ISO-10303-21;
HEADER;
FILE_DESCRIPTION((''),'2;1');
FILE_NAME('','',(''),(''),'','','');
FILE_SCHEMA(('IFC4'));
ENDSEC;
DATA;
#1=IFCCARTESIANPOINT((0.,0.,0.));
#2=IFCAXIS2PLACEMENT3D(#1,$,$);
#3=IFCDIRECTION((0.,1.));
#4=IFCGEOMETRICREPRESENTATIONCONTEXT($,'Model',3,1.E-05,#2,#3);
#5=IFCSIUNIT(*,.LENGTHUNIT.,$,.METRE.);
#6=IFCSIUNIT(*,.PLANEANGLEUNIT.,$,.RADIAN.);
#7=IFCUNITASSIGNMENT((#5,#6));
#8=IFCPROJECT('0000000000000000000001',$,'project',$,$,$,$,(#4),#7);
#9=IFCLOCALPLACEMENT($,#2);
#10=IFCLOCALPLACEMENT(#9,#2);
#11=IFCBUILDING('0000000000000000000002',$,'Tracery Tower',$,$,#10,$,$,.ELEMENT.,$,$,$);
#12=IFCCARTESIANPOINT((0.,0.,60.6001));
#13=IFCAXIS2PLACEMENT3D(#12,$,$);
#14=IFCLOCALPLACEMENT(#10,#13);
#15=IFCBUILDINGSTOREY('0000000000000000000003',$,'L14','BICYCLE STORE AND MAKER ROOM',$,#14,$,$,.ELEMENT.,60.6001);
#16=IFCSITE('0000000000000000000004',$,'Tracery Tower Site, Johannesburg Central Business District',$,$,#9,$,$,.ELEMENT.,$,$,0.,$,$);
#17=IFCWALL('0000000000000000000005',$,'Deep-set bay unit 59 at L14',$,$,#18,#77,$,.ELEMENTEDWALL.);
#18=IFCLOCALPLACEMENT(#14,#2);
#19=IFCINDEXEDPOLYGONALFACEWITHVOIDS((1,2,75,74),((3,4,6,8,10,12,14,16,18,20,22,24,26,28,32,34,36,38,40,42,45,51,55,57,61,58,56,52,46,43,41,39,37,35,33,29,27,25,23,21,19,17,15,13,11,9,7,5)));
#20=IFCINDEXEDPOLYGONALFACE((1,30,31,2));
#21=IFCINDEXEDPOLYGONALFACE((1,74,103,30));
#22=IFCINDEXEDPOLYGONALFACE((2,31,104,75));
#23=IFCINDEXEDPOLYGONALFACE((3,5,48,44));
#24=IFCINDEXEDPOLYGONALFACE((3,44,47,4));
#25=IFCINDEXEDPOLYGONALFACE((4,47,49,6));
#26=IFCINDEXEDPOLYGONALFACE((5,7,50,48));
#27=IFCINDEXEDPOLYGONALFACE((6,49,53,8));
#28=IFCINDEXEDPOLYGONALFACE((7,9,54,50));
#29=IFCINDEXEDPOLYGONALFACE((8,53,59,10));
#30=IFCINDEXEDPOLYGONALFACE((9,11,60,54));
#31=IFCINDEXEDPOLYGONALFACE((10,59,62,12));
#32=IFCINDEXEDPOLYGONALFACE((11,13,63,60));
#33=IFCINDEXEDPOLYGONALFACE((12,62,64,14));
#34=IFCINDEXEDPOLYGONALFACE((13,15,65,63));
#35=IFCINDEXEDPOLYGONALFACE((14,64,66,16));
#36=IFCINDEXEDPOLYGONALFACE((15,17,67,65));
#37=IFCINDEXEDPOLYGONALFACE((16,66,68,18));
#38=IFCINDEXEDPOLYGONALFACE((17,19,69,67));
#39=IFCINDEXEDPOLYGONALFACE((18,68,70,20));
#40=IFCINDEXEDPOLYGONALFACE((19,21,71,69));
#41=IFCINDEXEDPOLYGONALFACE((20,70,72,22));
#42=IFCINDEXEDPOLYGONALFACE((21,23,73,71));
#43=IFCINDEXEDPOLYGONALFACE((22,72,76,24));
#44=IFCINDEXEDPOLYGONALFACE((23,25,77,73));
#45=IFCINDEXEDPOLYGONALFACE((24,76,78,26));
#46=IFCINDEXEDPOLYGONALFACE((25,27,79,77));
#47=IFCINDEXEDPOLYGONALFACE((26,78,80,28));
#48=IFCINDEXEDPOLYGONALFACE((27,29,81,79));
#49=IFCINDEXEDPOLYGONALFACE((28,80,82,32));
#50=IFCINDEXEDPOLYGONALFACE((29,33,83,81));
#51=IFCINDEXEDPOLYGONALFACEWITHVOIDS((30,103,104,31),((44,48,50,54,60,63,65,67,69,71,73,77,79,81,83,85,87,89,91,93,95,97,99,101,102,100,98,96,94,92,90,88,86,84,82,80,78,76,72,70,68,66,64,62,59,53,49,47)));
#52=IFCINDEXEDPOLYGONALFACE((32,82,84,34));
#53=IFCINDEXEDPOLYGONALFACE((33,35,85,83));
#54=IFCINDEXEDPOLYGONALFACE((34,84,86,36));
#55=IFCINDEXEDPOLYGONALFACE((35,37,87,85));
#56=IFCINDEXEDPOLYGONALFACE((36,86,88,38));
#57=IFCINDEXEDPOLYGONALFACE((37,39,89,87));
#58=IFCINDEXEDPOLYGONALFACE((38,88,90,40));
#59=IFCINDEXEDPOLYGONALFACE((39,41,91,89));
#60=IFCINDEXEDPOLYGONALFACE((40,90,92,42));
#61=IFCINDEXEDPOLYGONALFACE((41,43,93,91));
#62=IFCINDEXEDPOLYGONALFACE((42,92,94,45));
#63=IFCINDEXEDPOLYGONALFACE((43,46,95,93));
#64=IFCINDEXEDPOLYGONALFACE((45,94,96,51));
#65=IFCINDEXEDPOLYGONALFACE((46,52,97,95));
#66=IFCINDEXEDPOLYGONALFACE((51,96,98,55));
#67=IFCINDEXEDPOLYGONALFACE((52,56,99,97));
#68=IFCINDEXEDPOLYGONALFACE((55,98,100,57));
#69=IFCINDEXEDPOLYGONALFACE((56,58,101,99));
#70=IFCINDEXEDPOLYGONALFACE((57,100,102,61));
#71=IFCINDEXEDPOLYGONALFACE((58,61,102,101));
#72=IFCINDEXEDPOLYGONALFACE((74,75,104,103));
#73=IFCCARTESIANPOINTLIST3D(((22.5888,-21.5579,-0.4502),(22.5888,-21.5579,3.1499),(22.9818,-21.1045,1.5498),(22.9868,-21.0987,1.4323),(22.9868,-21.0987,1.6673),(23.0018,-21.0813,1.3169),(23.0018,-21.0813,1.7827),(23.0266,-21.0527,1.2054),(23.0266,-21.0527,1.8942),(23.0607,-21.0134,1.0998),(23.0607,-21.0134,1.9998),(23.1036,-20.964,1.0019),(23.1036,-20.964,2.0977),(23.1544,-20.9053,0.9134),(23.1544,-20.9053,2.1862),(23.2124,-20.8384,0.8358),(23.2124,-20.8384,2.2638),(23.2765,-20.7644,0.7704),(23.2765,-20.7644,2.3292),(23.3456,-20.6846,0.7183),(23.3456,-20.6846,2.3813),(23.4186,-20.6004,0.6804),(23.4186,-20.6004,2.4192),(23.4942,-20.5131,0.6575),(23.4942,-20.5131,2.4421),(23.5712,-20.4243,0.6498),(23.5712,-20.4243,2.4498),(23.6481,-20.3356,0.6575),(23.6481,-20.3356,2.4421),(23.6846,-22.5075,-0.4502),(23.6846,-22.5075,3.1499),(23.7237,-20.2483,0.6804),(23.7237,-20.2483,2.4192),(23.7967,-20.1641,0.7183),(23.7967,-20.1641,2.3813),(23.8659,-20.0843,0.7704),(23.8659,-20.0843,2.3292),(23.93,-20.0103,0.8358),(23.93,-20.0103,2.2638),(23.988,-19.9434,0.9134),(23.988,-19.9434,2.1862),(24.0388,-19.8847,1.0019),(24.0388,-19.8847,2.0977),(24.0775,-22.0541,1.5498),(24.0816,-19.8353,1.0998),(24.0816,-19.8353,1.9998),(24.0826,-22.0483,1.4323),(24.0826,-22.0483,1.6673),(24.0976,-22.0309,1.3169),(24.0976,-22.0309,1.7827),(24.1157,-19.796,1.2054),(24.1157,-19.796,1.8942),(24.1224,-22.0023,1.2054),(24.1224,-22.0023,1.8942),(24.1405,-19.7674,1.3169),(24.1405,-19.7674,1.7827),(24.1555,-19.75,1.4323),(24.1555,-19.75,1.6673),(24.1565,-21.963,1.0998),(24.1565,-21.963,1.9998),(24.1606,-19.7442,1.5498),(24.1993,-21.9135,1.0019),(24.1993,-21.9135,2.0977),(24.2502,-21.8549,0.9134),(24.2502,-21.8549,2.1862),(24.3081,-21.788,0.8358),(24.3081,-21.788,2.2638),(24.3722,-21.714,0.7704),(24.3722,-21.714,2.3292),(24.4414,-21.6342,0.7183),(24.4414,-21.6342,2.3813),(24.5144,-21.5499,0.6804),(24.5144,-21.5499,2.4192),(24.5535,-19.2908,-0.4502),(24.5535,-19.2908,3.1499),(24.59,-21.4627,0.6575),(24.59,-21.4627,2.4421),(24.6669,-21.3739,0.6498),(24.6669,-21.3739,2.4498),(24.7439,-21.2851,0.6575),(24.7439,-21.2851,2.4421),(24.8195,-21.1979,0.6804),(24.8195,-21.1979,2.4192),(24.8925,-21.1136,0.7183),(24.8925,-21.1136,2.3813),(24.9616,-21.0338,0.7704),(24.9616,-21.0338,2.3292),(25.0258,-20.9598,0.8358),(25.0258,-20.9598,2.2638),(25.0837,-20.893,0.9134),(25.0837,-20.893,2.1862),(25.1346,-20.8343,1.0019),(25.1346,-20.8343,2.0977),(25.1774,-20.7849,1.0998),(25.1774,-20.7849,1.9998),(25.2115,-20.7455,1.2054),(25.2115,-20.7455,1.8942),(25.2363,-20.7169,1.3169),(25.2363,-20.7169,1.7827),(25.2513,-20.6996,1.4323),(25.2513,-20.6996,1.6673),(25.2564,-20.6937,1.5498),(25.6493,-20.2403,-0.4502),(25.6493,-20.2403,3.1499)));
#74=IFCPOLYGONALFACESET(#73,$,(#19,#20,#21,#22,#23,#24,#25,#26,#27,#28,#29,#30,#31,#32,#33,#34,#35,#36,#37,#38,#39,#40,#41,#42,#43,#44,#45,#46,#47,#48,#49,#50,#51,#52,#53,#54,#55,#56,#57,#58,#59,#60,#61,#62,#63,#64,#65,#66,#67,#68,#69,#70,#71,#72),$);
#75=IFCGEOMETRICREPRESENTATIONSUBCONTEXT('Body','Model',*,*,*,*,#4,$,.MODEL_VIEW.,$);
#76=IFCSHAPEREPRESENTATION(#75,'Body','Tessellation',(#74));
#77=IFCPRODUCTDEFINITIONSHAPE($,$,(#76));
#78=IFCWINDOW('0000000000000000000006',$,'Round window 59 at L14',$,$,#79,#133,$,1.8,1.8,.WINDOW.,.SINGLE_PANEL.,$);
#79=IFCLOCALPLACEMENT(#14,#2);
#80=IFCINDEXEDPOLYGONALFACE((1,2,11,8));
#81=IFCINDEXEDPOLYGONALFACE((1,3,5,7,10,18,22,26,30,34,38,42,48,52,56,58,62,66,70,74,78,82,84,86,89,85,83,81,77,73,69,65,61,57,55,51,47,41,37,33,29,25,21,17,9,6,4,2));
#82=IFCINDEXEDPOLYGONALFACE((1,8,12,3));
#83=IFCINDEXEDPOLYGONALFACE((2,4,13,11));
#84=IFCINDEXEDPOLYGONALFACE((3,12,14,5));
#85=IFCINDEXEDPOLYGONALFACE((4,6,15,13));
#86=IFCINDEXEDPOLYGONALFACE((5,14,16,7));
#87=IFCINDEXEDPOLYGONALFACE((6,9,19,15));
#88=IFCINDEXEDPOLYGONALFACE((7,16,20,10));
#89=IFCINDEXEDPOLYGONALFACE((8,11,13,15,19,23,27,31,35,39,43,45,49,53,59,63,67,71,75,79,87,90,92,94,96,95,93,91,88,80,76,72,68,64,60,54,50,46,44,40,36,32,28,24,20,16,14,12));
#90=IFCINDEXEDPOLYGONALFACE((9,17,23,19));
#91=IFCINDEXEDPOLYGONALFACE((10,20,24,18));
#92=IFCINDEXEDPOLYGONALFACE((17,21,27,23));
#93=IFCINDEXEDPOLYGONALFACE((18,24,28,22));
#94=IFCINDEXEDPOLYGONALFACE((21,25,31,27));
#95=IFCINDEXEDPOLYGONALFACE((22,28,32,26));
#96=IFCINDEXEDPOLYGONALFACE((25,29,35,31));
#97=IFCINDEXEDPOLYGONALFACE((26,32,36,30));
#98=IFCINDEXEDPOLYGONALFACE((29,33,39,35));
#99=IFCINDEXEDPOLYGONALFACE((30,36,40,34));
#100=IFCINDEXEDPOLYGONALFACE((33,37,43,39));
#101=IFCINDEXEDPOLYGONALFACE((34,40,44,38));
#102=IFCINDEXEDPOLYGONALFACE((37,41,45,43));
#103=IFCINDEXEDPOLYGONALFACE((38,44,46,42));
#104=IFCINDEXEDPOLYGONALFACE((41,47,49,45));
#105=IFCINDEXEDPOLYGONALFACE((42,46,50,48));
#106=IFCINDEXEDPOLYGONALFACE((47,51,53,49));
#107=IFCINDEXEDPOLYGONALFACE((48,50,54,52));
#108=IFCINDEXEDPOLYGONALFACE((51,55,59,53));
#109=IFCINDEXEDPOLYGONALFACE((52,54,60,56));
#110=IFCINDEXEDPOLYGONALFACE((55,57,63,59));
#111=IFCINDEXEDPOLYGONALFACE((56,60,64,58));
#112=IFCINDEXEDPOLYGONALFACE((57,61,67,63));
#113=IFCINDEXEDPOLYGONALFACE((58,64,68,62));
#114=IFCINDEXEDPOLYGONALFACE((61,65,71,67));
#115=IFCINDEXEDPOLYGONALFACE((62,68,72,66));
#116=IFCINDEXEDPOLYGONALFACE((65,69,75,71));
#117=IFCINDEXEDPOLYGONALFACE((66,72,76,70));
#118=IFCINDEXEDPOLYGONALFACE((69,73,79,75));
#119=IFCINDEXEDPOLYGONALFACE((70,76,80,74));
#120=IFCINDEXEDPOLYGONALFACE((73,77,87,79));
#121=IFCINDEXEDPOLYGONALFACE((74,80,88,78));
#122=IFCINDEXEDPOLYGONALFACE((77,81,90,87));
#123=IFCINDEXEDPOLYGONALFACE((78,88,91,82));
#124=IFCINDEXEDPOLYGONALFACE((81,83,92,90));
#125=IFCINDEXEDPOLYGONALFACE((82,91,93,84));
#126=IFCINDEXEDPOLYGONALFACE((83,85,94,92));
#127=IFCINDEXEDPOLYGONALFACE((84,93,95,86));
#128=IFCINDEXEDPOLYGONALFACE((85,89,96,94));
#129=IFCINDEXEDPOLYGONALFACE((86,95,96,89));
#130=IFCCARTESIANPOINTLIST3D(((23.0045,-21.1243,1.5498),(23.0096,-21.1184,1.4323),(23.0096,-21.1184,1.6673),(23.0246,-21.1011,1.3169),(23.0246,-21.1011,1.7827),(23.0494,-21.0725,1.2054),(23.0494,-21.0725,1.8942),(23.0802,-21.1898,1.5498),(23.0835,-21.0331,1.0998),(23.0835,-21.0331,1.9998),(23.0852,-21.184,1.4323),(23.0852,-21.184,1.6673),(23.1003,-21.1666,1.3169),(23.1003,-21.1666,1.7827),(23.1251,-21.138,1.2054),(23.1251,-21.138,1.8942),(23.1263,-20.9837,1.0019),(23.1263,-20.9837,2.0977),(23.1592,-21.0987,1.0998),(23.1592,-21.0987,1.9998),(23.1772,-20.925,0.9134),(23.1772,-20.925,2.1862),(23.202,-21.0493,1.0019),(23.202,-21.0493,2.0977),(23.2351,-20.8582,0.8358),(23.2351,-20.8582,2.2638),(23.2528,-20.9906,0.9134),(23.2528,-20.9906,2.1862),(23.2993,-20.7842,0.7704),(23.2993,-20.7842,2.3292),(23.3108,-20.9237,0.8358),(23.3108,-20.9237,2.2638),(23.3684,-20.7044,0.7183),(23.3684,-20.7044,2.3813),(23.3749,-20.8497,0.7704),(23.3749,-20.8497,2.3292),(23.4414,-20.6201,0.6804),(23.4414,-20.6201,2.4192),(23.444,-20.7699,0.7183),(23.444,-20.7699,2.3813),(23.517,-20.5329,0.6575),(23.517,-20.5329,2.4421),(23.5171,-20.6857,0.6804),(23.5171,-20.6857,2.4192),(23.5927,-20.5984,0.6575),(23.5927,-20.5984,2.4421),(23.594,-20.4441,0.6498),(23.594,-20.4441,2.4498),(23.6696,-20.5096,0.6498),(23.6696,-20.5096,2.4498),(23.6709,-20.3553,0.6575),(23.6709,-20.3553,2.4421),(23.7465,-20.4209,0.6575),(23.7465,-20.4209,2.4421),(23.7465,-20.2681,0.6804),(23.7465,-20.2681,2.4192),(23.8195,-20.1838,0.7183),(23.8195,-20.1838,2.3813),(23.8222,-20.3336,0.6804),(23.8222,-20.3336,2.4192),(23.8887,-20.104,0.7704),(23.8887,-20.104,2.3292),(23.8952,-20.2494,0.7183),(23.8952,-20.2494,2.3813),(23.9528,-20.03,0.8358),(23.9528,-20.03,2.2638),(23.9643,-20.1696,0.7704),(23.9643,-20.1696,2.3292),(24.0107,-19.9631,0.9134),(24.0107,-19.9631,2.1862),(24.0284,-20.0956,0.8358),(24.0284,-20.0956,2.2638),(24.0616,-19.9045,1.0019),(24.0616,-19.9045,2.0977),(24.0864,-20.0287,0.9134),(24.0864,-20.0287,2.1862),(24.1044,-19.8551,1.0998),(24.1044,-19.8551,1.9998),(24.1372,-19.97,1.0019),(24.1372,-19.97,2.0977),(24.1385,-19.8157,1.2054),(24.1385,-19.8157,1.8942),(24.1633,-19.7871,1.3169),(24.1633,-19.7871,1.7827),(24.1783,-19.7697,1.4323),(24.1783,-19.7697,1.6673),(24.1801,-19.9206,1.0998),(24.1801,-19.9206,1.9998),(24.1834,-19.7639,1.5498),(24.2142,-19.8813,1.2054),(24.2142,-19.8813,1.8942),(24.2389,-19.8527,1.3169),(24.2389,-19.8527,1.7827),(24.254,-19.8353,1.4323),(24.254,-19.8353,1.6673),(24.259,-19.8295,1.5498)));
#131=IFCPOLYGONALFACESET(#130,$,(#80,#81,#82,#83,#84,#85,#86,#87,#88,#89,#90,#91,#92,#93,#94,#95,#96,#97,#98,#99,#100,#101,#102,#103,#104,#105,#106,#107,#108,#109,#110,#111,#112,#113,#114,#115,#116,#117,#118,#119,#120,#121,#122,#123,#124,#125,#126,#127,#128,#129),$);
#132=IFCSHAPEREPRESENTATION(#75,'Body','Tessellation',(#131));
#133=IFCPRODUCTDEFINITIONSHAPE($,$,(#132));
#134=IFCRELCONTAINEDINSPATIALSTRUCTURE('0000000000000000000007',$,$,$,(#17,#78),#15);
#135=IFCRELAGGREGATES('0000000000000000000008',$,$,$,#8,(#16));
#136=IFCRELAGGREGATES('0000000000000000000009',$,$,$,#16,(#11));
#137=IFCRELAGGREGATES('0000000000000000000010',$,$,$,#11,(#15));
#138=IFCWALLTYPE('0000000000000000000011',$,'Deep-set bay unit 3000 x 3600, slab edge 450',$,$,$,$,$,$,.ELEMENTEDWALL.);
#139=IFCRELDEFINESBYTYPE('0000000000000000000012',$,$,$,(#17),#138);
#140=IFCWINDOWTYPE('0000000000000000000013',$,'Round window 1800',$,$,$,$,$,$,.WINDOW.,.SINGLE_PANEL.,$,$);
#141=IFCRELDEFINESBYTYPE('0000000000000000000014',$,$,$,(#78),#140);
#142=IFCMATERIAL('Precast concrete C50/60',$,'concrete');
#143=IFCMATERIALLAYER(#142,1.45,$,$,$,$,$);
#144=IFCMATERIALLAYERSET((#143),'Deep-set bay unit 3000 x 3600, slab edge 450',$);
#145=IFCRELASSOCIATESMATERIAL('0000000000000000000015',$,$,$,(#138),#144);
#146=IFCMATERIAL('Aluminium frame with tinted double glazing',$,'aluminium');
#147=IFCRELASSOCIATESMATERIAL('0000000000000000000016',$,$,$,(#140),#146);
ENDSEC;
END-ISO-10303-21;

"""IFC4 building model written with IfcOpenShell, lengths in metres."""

from ifc_helpers import new_model, si_unit, direction, frame, frame_2d, origin, origin_2d, place, context, subcontext, project, spatial, rectangle, circle, extrude, material, layer, layer_set, type_object, element, fill, save


model = new_model("IFC4")

# Units and contexts
model_context = context("Model", 3, precision=1e-05, world=origin(), true_north=direction((0.0, 1.0)))
body_context = subcontext(model_context, "Body", "Model", "MODEL_VIEW")
ifc_project = project(units=[si_unit("LENGTHUNIT", "METRE"), si_unit("PLANEANGLEUNIT", "RADIAN")], contexts=[model_context])

# Site, building, storey
site_placement = place(None, origin())
site = spatial("IfcSite", under=ifc_project, at=site_placement, Name="Tracery Tower Site, Johannesburg Central Business District", CompositionType="ELEMENT", RefElevation=0.0)
building_placement = place(site_placement, origin())
building = spatial("IfcBuilding", under=site, at=building_placement, Name="Tracery Tower", CompositionType="ELEMENT")
storey_placement = place(building_placement, frame((0.0, 0.0, 60.6001)))
storey = spatial("IfcBuildingStorey", under=building, at=storey_placement, Name="L14", Description="BICYCLE STORE AND MAKER ROOM", CompositionType="ELEMENT", Elevation=60.6001)

# Wall, opening, window
ifc_material_1 = material(Name="Precast concrete C50/60", Category="concrete")
ifc_layer_1 = layer(ifc_material_1, 1.45)
ifc_layer_set_1 = layer_set([ifc_layer_1], Name="Deep-set bay unit 3000 x 3600, slab edge 450")
wall_type_1 = type_object("IfcWallType", Name="Deep-set bay unit 3000 x 3600, slab edge 450", PredefinedType="ELEMENTEDWALL", material=ifc_layer_set_1)
ifc_material_2 = material(Name="Aluminium frame with tinted double glazing", Category="aluminium")
window_type = type_object("IfcWindowType", Name="Round window 1800", PartitioningType="SINGLE_PANEL", PredefinedType="WINDOW", material=ifc_material_2)
wall_1_placement = place(storey_placement, frame((23.1367, -22.0327, -0.4502), z_axis=(0.0, 0.0, 1.0), x_axis=(0.65489, 0.755724, 0.0)))
wall_1 = element("IfcWall", 1, at=wall_1_placement, inside=storey, type_object=wall_type_1, Name="Deep-set bay unit 59 at L14", PredefinedType="ELEMENTEDWALL", context=body_context, shape_type="SweptSolid", body=[
    extrude(rectangle(XDim=3.0, YDim=1.45, at=frame_2d((1.5, 0.0))), origin(), (0.0, 0.0, 1.0), 3.6001),
])
opening_1_placement = place(wall_1_placement, frame((1.5, 0.0, 2.0)))
opening_1 = element("IfcOpeningElement", 2, at=opening_1_placement, cuts=wall_1, PredefinedType="OPENING", context=body_context, shape_type="SweptSolid", body=[
    extrude(circle(Radius=0.9, at=origin_2d()), frame((0.0, 0.7349, 0.0), z_axis=(0.0, -1.0, 0.0), x_axis=(1.0, 0.0, 0.0)), (0.0, 0.0, 1.0), 1.47),
])
window_1_placement = place(opening_1_placement, origin())
window_1 = element("IfcWindow", 3, at=window_1_placement, inside=storey, type_object=window_type, Name="Round window 59 at L14", OverallHeight=1.8, OverallWidth=1.8, PartitioningType="SINGLE_PANEL", PredefinedType="WINDOW", context=body_context, shape_type="SweptSolid", body=[
    extrude(circle(Radius=0.9, at=origin_2d()), frame((0.0, 0.6948, 0.0), z_axis=(0.0, -1.0, 0.0), x_axis=(1.0, 0.0, 0.0)), (0.0, 0.0, 1.0), 0.1001),
])
fill(opening_1, window_1)

save(model, "model.ifc")
